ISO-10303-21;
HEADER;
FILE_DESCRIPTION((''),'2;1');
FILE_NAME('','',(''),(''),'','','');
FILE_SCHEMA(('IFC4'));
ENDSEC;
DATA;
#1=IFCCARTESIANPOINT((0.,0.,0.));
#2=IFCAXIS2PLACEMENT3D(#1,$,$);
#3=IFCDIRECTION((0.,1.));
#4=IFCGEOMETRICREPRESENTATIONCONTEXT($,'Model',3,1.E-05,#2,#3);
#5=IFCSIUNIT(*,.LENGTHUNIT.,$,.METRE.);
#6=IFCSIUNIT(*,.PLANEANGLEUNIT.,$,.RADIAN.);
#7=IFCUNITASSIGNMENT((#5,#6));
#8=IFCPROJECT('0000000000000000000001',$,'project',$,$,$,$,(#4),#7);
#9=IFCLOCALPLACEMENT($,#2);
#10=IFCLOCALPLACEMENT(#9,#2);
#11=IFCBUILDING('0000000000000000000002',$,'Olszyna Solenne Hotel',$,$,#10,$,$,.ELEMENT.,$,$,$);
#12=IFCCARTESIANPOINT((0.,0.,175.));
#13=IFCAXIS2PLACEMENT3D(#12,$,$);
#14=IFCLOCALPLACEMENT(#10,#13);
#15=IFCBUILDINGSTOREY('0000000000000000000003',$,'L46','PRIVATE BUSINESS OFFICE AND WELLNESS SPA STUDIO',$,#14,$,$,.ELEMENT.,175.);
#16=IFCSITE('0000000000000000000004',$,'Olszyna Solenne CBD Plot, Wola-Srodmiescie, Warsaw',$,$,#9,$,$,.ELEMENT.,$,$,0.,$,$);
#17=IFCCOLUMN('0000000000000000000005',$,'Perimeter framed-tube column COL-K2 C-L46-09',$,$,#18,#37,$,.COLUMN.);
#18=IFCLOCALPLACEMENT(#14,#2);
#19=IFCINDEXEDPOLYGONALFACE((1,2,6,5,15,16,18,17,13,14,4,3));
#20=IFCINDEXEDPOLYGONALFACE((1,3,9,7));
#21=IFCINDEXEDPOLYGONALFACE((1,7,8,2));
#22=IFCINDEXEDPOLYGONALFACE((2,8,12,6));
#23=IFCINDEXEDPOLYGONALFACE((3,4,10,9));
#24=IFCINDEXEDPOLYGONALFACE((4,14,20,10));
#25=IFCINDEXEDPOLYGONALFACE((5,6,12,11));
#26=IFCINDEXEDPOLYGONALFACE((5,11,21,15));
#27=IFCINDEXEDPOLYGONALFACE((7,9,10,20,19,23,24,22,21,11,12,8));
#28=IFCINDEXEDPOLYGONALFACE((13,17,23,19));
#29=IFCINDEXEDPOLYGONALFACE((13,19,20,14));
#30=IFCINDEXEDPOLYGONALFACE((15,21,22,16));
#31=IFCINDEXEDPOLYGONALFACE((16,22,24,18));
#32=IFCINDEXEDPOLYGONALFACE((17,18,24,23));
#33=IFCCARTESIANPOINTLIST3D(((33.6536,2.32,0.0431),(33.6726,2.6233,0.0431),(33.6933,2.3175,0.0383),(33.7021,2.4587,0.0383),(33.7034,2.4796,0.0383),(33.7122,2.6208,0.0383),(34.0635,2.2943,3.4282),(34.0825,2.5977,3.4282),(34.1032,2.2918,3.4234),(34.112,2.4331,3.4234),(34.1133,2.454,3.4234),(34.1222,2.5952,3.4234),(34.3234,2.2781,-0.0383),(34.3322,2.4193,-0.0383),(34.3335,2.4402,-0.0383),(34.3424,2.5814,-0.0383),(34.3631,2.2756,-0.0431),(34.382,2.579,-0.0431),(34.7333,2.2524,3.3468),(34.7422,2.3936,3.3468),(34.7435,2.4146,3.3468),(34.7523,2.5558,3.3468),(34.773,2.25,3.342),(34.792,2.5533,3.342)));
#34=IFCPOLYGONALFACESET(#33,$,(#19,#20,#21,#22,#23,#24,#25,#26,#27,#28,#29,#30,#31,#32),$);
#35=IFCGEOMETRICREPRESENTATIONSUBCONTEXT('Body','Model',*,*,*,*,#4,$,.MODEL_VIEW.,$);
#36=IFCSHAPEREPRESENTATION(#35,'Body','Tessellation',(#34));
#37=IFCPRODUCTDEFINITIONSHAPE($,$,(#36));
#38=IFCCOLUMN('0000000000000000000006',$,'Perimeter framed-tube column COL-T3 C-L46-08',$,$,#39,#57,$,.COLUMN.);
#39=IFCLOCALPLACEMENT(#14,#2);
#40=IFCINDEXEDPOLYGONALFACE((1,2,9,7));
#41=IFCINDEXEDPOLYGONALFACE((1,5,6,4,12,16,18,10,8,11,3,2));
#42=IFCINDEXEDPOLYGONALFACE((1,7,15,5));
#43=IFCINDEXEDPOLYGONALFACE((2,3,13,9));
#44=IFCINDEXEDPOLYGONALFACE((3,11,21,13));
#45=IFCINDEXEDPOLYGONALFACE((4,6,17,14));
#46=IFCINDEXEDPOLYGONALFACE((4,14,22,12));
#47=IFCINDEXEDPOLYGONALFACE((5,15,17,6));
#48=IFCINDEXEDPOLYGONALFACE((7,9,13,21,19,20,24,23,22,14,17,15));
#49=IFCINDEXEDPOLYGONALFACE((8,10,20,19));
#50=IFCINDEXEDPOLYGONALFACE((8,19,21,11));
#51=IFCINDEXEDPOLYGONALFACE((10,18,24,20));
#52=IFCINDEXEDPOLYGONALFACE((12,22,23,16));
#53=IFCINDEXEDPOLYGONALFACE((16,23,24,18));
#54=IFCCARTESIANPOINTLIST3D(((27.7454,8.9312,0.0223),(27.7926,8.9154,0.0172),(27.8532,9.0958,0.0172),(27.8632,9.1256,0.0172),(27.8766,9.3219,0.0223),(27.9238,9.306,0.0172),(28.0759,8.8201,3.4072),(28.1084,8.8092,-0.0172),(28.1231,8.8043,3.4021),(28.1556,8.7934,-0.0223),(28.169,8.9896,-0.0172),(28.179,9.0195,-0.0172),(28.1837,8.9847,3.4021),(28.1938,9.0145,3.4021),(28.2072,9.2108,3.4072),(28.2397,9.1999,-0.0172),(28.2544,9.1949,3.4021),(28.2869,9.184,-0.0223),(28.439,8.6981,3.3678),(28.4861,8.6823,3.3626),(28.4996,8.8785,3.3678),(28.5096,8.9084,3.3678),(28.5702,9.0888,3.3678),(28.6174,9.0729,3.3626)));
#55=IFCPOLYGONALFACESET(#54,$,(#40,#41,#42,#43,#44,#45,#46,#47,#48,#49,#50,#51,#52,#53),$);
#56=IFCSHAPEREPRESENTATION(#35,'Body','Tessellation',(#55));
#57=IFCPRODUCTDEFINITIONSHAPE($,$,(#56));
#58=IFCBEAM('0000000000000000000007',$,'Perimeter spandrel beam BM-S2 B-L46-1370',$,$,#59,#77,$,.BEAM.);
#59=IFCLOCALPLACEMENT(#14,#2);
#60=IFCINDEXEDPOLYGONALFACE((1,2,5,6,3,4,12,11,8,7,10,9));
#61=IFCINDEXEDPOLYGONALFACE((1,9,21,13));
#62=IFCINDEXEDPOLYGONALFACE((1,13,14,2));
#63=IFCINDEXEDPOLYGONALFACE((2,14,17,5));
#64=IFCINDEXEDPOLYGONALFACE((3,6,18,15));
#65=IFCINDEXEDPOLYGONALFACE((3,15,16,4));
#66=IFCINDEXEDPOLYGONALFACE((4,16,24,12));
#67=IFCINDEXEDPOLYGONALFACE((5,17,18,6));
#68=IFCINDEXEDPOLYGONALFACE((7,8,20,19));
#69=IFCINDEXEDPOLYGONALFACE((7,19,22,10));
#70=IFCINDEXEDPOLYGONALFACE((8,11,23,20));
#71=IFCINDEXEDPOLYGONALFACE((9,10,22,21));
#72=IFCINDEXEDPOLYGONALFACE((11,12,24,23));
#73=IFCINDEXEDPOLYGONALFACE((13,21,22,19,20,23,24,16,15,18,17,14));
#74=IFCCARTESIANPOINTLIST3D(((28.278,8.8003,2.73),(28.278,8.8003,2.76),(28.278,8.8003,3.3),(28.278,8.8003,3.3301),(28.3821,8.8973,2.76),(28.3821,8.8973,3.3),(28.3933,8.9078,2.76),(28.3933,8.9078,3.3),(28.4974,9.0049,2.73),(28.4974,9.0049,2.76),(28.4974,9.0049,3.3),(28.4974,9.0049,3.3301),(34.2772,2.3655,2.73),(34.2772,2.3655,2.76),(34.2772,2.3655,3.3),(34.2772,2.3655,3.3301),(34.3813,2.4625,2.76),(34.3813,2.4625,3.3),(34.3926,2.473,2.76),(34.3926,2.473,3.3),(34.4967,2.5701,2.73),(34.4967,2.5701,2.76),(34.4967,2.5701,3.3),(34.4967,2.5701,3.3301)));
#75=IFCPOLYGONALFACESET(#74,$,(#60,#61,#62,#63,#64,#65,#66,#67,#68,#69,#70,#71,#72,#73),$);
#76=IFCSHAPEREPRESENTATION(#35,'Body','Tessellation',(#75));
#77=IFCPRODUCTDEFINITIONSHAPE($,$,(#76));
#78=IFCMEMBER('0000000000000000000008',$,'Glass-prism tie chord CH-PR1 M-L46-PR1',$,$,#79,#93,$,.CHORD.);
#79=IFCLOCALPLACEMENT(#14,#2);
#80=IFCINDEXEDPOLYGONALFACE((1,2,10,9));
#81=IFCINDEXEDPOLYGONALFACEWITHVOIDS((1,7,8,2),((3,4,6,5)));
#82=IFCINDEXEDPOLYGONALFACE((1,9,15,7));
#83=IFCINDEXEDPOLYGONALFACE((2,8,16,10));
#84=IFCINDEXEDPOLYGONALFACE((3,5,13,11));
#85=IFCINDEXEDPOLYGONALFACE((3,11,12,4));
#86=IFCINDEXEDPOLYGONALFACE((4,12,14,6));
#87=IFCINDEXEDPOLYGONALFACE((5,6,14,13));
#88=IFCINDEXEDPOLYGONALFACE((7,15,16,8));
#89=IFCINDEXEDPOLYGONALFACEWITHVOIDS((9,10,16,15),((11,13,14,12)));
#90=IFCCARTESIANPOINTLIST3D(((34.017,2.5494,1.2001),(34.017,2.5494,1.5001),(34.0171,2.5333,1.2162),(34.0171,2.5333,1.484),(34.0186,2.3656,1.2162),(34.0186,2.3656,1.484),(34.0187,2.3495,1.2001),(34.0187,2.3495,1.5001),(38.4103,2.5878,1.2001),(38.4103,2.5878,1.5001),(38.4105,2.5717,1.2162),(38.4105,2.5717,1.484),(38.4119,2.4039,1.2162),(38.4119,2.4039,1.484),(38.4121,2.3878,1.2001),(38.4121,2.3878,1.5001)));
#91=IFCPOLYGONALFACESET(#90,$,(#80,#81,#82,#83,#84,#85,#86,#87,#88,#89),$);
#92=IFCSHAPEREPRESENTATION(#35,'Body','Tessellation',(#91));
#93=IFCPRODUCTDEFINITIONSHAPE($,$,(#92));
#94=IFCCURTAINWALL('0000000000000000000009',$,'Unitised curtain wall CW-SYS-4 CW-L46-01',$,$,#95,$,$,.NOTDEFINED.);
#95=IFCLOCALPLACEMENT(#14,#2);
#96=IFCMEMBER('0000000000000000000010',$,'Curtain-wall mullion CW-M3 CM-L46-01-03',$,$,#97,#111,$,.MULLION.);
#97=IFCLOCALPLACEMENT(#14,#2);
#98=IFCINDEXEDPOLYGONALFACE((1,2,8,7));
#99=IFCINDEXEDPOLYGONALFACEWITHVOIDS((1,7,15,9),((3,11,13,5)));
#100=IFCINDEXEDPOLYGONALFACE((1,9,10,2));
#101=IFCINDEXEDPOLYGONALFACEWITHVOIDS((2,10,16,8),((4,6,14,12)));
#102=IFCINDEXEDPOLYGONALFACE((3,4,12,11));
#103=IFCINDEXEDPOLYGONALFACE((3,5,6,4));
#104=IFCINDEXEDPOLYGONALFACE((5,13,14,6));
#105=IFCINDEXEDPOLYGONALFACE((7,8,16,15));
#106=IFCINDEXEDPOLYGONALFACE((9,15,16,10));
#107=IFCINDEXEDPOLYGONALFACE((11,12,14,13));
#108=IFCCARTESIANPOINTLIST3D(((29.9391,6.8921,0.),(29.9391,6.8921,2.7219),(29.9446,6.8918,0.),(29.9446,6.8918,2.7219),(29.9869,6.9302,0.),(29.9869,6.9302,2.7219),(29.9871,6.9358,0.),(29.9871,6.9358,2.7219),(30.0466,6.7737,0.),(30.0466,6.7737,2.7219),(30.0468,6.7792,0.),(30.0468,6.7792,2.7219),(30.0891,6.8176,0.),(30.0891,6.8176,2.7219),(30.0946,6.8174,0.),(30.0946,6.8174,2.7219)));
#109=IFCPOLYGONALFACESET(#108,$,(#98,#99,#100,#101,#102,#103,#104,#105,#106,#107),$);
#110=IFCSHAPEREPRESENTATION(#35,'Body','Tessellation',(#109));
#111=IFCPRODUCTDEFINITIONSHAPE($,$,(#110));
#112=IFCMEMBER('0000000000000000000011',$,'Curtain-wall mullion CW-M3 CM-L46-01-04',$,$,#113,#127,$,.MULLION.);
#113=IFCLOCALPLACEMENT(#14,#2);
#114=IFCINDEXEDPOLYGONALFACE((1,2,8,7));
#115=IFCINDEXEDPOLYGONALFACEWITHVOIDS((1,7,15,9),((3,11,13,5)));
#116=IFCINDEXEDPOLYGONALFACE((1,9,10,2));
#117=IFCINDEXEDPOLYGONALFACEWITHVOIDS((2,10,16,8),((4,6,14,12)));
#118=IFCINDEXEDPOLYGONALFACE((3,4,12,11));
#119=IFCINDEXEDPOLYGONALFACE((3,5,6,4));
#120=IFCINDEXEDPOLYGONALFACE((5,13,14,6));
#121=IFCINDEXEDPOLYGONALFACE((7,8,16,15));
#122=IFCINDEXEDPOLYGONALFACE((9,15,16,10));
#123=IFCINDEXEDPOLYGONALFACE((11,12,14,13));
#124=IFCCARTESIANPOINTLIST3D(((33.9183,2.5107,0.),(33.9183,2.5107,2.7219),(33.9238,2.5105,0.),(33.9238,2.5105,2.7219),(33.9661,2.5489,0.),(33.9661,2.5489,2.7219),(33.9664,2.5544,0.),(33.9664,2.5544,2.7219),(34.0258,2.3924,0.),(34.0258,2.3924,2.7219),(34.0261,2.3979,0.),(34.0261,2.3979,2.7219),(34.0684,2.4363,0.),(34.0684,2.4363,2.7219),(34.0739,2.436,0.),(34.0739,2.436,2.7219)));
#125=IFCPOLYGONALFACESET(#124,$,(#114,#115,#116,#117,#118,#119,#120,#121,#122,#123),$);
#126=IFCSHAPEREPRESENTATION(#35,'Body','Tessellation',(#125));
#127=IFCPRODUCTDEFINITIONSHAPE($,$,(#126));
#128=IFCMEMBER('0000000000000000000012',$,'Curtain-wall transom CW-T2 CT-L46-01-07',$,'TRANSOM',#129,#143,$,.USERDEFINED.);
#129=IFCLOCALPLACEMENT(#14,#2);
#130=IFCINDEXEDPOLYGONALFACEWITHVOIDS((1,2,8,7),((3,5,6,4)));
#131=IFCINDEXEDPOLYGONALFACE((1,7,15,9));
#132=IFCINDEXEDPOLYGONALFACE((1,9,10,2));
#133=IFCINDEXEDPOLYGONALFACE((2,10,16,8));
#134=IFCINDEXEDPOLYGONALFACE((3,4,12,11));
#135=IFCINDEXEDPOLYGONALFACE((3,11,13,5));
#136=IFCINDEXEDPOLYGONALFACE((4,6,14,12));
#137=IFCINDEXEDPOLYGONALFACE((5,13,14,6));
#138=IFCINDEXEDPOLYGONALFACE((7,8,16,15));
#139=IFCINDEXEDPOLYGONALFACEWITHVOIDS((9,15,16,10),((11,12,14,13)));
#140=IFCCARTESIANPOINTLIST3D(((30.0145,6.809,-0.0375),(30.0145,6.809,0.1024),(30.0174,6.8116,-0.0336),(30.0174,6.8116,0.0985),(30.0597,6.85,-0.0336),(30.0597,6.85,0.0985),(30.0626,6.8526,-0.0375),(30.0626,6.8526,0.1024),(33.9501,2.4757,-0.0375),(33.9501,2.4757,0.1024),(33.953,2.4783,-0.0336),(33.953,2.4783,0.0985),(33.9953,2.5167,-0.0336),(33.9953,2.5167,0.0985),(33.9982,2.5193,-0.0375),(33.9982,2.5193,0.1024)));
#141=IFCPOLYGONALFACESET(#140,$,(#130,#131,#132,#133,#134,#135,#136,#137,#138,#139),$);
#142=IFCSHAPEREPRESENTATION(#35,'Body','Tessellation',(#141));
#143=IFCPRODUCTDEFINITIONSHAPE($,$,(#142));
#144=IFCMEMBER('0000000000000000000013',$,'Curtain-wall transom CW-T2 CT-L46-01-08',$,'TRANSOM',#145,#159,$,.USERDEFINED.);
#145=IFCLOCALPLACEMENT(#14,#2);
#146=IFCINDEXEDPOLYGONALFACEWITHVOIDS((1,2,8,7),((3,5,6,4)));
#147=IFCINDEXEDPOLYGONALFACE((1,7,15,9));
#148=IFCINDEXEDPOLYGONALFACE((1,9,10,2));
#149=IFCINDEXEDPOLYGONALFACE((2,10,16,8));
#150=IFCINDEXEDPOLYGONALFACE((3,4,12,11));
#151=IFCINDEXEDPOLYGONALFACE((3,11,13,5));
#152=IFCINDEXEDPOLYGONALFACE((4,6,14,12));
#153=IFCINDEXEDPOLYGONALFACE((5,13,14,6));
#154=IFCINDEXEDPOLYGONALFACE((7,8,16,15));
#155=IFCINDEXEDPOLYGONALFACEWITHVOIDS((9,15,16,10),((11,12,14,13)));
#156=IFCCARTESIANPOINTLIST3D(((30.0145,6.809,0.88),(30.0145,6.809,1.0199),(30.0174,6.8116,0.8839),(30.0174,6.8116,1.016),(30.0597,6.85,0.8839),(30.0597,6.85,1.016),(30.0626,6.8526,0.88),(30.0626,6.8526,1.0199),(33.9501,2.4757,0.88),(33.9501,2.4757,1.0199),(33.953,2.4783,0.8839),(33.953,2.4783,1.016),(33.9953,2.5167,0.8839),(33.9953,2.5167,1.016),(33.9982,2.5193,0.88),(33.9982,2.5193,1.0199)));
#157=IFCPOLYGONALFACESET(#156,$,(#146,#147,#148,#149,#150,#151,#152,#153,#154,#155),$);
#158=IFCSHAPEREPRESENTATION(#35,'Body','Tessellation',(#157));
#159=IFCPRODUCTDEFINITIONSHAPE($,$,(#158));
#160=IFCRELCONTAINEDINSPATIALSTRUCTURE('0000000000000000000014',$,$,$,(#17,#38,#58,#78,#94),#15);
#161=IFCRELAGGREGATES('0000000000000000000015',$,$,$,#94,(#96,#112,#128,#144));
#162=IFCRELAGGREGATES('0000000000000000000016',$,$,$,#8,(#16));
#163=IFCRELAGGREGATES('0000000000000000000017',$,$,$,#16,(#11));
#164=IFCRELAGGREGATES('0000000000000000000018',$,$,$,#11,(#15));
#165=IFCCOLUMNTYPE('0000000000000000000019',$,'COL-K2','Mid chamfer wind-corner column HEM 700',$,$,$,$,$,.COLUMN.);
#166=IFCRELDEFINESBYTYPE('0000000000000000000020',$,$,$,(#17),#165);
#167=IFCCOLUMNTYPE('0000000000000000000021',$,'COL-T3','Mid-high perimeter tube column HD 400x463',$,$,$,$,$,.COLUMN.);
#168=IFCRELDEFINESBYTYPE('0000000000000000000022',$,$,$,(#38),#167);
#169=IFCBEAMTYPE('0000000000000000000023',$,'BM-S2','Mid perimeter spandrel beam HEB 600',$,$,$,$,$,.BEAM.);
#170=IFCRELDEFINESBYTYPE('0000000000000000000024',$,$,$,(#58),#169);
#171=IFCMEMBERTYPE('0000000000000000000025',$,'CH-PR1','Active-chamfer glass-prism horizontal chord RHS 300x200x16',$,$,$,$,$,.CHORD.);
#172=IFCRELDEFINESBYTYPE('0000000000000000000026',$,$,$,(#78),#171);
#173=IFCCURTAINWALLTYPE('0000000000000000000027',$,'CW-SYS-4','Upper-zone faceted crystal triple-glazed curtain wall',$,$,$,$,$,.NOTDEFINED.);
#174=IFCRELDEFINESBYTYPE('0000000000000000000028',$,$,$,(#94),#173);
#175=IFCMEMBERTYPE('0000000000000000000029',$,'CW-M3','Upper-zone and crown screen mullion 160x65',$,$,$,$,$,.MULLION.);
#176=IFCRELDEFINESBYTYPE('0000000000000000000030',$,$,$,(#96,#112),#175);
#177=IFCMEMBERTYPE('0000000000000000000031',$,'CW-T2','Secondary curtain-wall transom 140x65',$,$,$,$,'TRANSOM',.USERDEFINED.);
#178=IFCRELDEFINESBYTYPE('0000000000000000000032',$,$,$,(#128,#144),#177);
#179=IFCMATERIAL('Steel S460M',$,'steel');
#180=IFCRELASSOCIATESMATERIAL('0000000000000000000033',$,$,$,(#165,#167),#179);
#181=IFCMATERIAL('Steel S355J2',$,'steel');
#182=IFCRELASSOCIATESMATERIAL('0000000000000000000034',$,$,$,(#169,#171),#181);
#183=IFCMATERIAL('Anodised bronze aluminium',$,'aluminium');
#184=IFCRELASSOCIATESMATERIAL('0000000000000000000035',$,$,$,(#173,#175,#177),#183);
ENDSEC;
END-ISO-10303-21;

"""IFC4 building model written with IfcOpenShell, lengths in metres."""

from ifc_helpers import new_model, si_unit, direction, frame, origin, origin_2d, place, context, subcontext, project, spatial, hollow_rectangle, i_section, extrude, source, transform, mapped, material, material_profile, profile_set, type_object, element, aggregate, save


model = new_model("IFC4")

# Units and contexts
model_context = context("Model", 3, precision=1e-05, world=origin(), true_north=direction((0.0, 1.0)))
body_context = subcontext(model_context, "Body", "Model", "MODEL_VIEW")
ifc_project = project(units=[si_unit("LENGTHUNIT", "METRE"), si_unit("PLANEANGLEUNIT", "RADIAN")], contexts=[model_context])

# Site, building, storey
site_placement = place(None, origin())
site = spatial("IfcSite", under=ifc_project, at=site_placement, Name="Olszyna Solenne CBD Plot, Wola-Srodmiescie, Warsaw", CompositionType="ELEMENT", RefElevation=0.0)
building_placement = place(site_placement, origin())
building = spatial("IfcBuilding", under=site, at=building_placement, Name="Olszyna Solenne Hotel", CompositionType="ELEMENT")
storey_placement = place(building_placement, frame((0.0, 0.0, 175.0)))
storey = spatial("IfcBuildingStorey", under=building, at=storey_placement, Name="L46", Description="PRIVATE BUSINESS OFFICE AND WELLNESS SPA STUDIO", CompositionType="ELEMENT", Elevation=175.0)

# Columns
ifc_material_1 = material(Name="Steel S460M", Category="steel")
ifc_material_profile_1 = material_profile(ifc_material_1, i_section(OverallWidth=0.304, OverallDepth=0.7161, WebThickness=0.021, FlangeThickness=0.04, at=origin_2d()), Name="HEM 700", Category="load-bearing")
ifc_profile_set_1 = profile_set([ifc_material_profile_1], Name="Steel S460M")
column_type_1 = type_object("IfcColumnType", Name="COL-K2", Description="Mid chamfer wind-corner column HEM 700", PredefinedType="COLUMN", material=ifc_profile_set_1)
shared_shape_1 = source(origin(), body_context, "Body", "SweptSolid", [
    extrude(i_section(OverallWidth=0.304, OverallDepth=0.7161, WebThickness=0.021, FlangeThickness=0.04, at=origin_2d()), origin(), (0.0, 0.0, 1.0), 3.4099),
])
column_1_placement = place(storey_placement, frame((34.0178, 2.4495, 0.0), z_axis=(0.120215, -0.007518, 0.992719), x_axis=(0.062415, 0.99805, 0.0)))
element("IfcColumn", 1, at=column_1_placement, inside=storey, type_object=column_type_1, Name="Perimeter framed-tube column COL-K2 C-L46-09", PredefinedType="COLUMN", context=body_context, shape_type="MappedRepresentation", body=[
    mapped(shared_shape_1, transform((0.0, 0.0, 0.0), x_axis=(1.0, 0.0, 0.0), y_axis=(0.0, 1.0, 0.0), z_axis=(0.0, 0.0, 1.0), scale=1.0)),
])
ifc_material_profile_2 = material_profile(ifc_material_1, i_section(OverallWidth=0.4121, OverallDepth=0.4351, WebThickness=0.0315, FlangeThickness=0.05, at=origin_2d()), Name="HD 400x463", Category="load-bearing")
ifc_profile_set_2 = profile_set([ifc_material_profile_2], Name="Steel S460M")
column_type_2 = type_object("IfcColumnType", Name="COL-T3", Description="Mid-high perimeter tube column HD 400x463", PredefinedType="COLUMN", material=ifc_profile_set_2)
shared_shape_2 = source(origin(), body_context, "Body", "SweptSolid", [
    extrude(i_section(OverallWidth=0.4121, OverallDepth=0.4351, WebThickness=0.0315, FlangeThickness=0.05, at=origin_2d()), origin(), (0.0, 0.0, 1.0), 3.4028),
])
column_2_placement = place(storey_placement, frame((28.0161, 9.0576, 0.0), z_axis=(0.097142, -0.032644, 0.994735), x_axis=(0.318537, 0.94791, 0.0)))
element("IfcColumn", 2, at=column_2_placement, inside=storey, type_object=column_type_2, Name="Perimeter framed-tube column COL-T3 C-L46-08", PredefinedType="COLUMN", context=body_context, shape_type="MappedRepresentation", body=[
    mapped(shared_shape_2, transform((0.0, 0.0, 0.0), x_axis=(1.0, 0.0, 0.0), y_axis=(0.0, 1.0, 0.0), z_axis=(0.0, 0.0, 1.0), scale=1.0)),
])

# Beam
ifc_material_2 = material(Name="Steel S355J2", Category="steel")
ifc_material_profile_3 = material_profile(ifc_material_2, i_section(OverallWidth=0.3, OverallDepth=0.6001, WebThickness=0.0154, FlangeThickness=0.03, at=origin_2d()), Name="HEB 600", Category="load-bearing")
ifc_profile_set_3 = profile_set([ifc_material_profile_3], Name="Steel S355J2")
beam_type = type_object("IfcBeamType", Name="BM-S2", Description="Mid perimeter spandrel beam HEB 600", PredefinedType="BEAM", material=ifc_profile_set_3)
shared_shape_3 = source(origin(), body_context, "Body", "SweptSolid", [
    extrude(i_section(OverallWidth=0.3, OverallDepth=0.6001, WebThickness=0.0154, FlangeThickness=0.03, at=origin_2d()), origin(), (0.0, 0.0, 1.0), 8.7976),
])
beam_placement = place(storey_placement, frame((28.3877, 8.9026, 3.03), z_axis=(0.68192, -0.731427, 0.0), x_axis=(0.731427, 0.68192, 0.0)))
element("IfcBeam", 3, at=beam_placement, inside=storey, type_object=beam_type, Name="Perimeter spandrel beam BM-S2 B-L46-1370", PredefinedType="BEAM", context=body_context, shape_type="MappedRepresentation", body=[
    mapped(shared_shape_3, transform((0.0, 0.0, 0.0), x_axis=(1.0, 0.0, 0.0), y_axis=(0.0, 1.0, 0.0), z_axis=(0.0, 0.0, 1.0), scale=1.0)),
])

# Member
ifc_material_profile_4 = material_profile(ifc_material_2, hollow_rectangle(XDim=0.2, YDim=0.3, WallThickness=0.0161, at=origin_2d()), Name="RHS 300x200x16", Category="load-bearing")
ifc_profile_set_4 = profile_set([ifc_material_profile_4], Name="Steel S355J2")
member_type_1 = type_object("IfcMemberType", Name="CH-PR1", Description="Active-chamfer glass-prism horizontal chord RHS 300x200x16", PredefinedType="CHORD", material=ifc_profile_set_4)
shared_shape_4 = source(origin(), body_context, "Body", "SweptSolid", [
    extrude(hollow_rectangle(XDim=0.2, YDim=0.3, WallThickness=0.0161, at=origin_2d()), origin(), (0.0, 0.0, 1.0), 4.3936),
])
member_1_placement = place(storey_placement, frame((34.0178, 2.4495, 1.3501), z_axis=(0.999962, 0.008724, 0.0), x_axis=(-0.008724, 0.999962, 0.0)))
element("IfcMember", 4, at=member_1_placement, inside=storey, type_object=member_type_1, Name="Glass-prism tie chord CH-PR1 M-L46-PR1", PredefinedType="CHORD", context=body_context, shape_type="MappedRepresentation", body=[
    mapped(shared_shape_4, transform((0.0, 0.0, 0.0), x_axis=(1.0, 0.0, 0.0), y_axis=(0.0, 1.0, 0.0), z_axis=(0.0, 0.0, 1.0), scale=1.0)),
])

# Curtain wall, members
ifc_material_3 = material(Name="Anodised bronze aluminium", Category="aluminium")
curtain_wall_type = type_object("IfcCurtainWallType", Name="CW-SYS-4", Description="Upper-zone faceted crystal triple-glazed curtain wall", PredefinedType="NOTDEFINED", material=ifc_material_3)
curtain_wall_placement = place(storey_placement, origin())
curtain_wall = element("IfcCurtainWall", 5, at=curtain_wall_placement, inside=storey, type_object=curtain_wall_type, Name="Unitised curtain wall CW-SYS-4 CW-L46-01", PredefinedType="NOTDEFINED")
ifc_material_profile_5 = material_profile(ifc_material_3, hollow_rectangle(XDim=0.0649, YDim=0.1599, WallThickness=0.0039, at=origin_2d()), Name="MULL 160x65x4", Category="load-bearing")
ifc_profile_set_5 = profile_set([ifc_material_profile_5], Name="Anodised bronze aluminium")
member_type_2 = type_object("IfcMemberType", Name="CW-M3", Description="Upper-zone and crown screen mullion 160x65", PredefinedType="MULLION", material=ifc_profile_set_5)
shared_shape_5 = source(origin(), body_context, "Body", "SweptSolid", [
    extrude(hollow_rectangle(XDim=0.0649, YDim=0.1599, WallThickness=0.0039, at=origin_2d()), origin(), (0.0, 0.0, 1.0), 2.7219),
])
member_2_placement = place(storey_placement, frame((30.0168, 6.8547, 0.0), z_axis=(0.0, 0.0, 1.0), x_axis=(0.740258, 0.672323, 0.0)))
member_2 = element("IfcMember", 6, at=member_2_placement, type_object=member_type_2, Name="Curtain-wall mullion CW-M3 CM-L46-01-03", PredefinedType="MULLION", context=body_context, shape_type="MappedRepresentation", body=[
    mapped(shared_shape_5, transform((0.0, 0.0, 0.0), x_axis=(1.0, 0.0, 0.0), y_axis=(0.0, 1.0, 0.0), z_axis=(0.0, 0.0, 1.0), scale=1.0)),
])
member_3_placement = place(storey_placement, frame((33.9961, 2.4734, 0.0), z_axis=(0.0, 0.0, 1.0), x_axis=(0.740258, 0.672323, 0.0)))
member_3 = element("IfcMember", 7, at=member_3_placement, type_object=member_type_2, Name="Curtain-wall mullion CW-M3 CM-L46-01-04", PredefinedType="MULLION", context=body_context, shape_type="MappedRepresentation", body=[
    mapped(shared_shape_5, transform((0.0, 0.0, 0.0), x_axis=(1.0, 0.0, 0.0), y_axis=(0.0, 1.0, 0.0), z_axis=(0.0, 0.0, 1.0), scale=1.0)),
])
ifc_material_profile_6 = material_profile(ifc_material_3, hollow_rectangle(XDim=0.0649, YDim=0.1399, WallThickness=0.0039, at=origin_2d()), Name="TRAN 140x65x4", Category="load-bearing")
ifc_profile_set_6 = profile_set([ifc_material_profile_6], Name="Anodised bronze aluminium")
member_type_3 = type_object("IfcMemberType", Name="CW-T2", Description="Secondary curtain-wall transom 140x65", ElementType="TRANSOM", PredefinedType="USERDEFINED", material=ifc_profile_set_6)
shared_shape_6 = source(origin(), body_context, "Body", "SweptSolid", [
    extrude(hollow_rectangle(XDim=0.0649, YDim=0.1399, WallThickness=0.0039, at=origin_2d()), origin(), (0.0, 0.0, 1.0), 5.8538),
])
member_4_placement = place(storey_placement, frame((30.0386, 6.8308, 0.0325), z_axis=(0.67232, -0.740261, 0.0), x_axis=(0.740261, 0.67232, 0.0)))
member_4 = element("IfcMember", 8, at=member_4_placement, type_object=member_type_3, Name="Curtain-wall transom CW-T2 CT-L46-01-07", ObjectType="TRANSOM", PredefinedType="USERDEFINED", context=body_context, shape_type="MappedRepresentation", body=[
    mapped(shared_shape_6, transform((0.0, 0.0, 0.0), x_axis=(1.0, 0.0, 0.0), y_axis=(0.0, 1.0, 0.0), z_axis=(0.0, 0.0, 1.0), scale=1.0)),
])
member_5_placement = place(storey_placement, frame((30.0386, 6.8308, 0.95), z_axis=(0.67232, -0.740261, 0.0), x_axis=(0.740261, 0.67232, 0.0)))
member_5 = element("IfcMember", 9, at=member_5_placement, type_object=member_type_3, Name="Curtain-wall transom CW-T2 CT-L46-01-08", ObjectType="TRANSOM", PredefinedType="USERDEFINED", context=body_context, shape_type="MappedRepresentation", body=[
    mapped(shared_shape_6, transform((0.0, 0.0, 0.0), x_axis=(1.0, 0.0, 0.0), y_axis=(0.0, 1.0, 0.0), z_axis=(0.0, 0.0, 1.0), scale=1.0)),
])

aggregate(curtain_wall, [member_2, member_3, member_4, member_5])

save(model, "model.ifc")
